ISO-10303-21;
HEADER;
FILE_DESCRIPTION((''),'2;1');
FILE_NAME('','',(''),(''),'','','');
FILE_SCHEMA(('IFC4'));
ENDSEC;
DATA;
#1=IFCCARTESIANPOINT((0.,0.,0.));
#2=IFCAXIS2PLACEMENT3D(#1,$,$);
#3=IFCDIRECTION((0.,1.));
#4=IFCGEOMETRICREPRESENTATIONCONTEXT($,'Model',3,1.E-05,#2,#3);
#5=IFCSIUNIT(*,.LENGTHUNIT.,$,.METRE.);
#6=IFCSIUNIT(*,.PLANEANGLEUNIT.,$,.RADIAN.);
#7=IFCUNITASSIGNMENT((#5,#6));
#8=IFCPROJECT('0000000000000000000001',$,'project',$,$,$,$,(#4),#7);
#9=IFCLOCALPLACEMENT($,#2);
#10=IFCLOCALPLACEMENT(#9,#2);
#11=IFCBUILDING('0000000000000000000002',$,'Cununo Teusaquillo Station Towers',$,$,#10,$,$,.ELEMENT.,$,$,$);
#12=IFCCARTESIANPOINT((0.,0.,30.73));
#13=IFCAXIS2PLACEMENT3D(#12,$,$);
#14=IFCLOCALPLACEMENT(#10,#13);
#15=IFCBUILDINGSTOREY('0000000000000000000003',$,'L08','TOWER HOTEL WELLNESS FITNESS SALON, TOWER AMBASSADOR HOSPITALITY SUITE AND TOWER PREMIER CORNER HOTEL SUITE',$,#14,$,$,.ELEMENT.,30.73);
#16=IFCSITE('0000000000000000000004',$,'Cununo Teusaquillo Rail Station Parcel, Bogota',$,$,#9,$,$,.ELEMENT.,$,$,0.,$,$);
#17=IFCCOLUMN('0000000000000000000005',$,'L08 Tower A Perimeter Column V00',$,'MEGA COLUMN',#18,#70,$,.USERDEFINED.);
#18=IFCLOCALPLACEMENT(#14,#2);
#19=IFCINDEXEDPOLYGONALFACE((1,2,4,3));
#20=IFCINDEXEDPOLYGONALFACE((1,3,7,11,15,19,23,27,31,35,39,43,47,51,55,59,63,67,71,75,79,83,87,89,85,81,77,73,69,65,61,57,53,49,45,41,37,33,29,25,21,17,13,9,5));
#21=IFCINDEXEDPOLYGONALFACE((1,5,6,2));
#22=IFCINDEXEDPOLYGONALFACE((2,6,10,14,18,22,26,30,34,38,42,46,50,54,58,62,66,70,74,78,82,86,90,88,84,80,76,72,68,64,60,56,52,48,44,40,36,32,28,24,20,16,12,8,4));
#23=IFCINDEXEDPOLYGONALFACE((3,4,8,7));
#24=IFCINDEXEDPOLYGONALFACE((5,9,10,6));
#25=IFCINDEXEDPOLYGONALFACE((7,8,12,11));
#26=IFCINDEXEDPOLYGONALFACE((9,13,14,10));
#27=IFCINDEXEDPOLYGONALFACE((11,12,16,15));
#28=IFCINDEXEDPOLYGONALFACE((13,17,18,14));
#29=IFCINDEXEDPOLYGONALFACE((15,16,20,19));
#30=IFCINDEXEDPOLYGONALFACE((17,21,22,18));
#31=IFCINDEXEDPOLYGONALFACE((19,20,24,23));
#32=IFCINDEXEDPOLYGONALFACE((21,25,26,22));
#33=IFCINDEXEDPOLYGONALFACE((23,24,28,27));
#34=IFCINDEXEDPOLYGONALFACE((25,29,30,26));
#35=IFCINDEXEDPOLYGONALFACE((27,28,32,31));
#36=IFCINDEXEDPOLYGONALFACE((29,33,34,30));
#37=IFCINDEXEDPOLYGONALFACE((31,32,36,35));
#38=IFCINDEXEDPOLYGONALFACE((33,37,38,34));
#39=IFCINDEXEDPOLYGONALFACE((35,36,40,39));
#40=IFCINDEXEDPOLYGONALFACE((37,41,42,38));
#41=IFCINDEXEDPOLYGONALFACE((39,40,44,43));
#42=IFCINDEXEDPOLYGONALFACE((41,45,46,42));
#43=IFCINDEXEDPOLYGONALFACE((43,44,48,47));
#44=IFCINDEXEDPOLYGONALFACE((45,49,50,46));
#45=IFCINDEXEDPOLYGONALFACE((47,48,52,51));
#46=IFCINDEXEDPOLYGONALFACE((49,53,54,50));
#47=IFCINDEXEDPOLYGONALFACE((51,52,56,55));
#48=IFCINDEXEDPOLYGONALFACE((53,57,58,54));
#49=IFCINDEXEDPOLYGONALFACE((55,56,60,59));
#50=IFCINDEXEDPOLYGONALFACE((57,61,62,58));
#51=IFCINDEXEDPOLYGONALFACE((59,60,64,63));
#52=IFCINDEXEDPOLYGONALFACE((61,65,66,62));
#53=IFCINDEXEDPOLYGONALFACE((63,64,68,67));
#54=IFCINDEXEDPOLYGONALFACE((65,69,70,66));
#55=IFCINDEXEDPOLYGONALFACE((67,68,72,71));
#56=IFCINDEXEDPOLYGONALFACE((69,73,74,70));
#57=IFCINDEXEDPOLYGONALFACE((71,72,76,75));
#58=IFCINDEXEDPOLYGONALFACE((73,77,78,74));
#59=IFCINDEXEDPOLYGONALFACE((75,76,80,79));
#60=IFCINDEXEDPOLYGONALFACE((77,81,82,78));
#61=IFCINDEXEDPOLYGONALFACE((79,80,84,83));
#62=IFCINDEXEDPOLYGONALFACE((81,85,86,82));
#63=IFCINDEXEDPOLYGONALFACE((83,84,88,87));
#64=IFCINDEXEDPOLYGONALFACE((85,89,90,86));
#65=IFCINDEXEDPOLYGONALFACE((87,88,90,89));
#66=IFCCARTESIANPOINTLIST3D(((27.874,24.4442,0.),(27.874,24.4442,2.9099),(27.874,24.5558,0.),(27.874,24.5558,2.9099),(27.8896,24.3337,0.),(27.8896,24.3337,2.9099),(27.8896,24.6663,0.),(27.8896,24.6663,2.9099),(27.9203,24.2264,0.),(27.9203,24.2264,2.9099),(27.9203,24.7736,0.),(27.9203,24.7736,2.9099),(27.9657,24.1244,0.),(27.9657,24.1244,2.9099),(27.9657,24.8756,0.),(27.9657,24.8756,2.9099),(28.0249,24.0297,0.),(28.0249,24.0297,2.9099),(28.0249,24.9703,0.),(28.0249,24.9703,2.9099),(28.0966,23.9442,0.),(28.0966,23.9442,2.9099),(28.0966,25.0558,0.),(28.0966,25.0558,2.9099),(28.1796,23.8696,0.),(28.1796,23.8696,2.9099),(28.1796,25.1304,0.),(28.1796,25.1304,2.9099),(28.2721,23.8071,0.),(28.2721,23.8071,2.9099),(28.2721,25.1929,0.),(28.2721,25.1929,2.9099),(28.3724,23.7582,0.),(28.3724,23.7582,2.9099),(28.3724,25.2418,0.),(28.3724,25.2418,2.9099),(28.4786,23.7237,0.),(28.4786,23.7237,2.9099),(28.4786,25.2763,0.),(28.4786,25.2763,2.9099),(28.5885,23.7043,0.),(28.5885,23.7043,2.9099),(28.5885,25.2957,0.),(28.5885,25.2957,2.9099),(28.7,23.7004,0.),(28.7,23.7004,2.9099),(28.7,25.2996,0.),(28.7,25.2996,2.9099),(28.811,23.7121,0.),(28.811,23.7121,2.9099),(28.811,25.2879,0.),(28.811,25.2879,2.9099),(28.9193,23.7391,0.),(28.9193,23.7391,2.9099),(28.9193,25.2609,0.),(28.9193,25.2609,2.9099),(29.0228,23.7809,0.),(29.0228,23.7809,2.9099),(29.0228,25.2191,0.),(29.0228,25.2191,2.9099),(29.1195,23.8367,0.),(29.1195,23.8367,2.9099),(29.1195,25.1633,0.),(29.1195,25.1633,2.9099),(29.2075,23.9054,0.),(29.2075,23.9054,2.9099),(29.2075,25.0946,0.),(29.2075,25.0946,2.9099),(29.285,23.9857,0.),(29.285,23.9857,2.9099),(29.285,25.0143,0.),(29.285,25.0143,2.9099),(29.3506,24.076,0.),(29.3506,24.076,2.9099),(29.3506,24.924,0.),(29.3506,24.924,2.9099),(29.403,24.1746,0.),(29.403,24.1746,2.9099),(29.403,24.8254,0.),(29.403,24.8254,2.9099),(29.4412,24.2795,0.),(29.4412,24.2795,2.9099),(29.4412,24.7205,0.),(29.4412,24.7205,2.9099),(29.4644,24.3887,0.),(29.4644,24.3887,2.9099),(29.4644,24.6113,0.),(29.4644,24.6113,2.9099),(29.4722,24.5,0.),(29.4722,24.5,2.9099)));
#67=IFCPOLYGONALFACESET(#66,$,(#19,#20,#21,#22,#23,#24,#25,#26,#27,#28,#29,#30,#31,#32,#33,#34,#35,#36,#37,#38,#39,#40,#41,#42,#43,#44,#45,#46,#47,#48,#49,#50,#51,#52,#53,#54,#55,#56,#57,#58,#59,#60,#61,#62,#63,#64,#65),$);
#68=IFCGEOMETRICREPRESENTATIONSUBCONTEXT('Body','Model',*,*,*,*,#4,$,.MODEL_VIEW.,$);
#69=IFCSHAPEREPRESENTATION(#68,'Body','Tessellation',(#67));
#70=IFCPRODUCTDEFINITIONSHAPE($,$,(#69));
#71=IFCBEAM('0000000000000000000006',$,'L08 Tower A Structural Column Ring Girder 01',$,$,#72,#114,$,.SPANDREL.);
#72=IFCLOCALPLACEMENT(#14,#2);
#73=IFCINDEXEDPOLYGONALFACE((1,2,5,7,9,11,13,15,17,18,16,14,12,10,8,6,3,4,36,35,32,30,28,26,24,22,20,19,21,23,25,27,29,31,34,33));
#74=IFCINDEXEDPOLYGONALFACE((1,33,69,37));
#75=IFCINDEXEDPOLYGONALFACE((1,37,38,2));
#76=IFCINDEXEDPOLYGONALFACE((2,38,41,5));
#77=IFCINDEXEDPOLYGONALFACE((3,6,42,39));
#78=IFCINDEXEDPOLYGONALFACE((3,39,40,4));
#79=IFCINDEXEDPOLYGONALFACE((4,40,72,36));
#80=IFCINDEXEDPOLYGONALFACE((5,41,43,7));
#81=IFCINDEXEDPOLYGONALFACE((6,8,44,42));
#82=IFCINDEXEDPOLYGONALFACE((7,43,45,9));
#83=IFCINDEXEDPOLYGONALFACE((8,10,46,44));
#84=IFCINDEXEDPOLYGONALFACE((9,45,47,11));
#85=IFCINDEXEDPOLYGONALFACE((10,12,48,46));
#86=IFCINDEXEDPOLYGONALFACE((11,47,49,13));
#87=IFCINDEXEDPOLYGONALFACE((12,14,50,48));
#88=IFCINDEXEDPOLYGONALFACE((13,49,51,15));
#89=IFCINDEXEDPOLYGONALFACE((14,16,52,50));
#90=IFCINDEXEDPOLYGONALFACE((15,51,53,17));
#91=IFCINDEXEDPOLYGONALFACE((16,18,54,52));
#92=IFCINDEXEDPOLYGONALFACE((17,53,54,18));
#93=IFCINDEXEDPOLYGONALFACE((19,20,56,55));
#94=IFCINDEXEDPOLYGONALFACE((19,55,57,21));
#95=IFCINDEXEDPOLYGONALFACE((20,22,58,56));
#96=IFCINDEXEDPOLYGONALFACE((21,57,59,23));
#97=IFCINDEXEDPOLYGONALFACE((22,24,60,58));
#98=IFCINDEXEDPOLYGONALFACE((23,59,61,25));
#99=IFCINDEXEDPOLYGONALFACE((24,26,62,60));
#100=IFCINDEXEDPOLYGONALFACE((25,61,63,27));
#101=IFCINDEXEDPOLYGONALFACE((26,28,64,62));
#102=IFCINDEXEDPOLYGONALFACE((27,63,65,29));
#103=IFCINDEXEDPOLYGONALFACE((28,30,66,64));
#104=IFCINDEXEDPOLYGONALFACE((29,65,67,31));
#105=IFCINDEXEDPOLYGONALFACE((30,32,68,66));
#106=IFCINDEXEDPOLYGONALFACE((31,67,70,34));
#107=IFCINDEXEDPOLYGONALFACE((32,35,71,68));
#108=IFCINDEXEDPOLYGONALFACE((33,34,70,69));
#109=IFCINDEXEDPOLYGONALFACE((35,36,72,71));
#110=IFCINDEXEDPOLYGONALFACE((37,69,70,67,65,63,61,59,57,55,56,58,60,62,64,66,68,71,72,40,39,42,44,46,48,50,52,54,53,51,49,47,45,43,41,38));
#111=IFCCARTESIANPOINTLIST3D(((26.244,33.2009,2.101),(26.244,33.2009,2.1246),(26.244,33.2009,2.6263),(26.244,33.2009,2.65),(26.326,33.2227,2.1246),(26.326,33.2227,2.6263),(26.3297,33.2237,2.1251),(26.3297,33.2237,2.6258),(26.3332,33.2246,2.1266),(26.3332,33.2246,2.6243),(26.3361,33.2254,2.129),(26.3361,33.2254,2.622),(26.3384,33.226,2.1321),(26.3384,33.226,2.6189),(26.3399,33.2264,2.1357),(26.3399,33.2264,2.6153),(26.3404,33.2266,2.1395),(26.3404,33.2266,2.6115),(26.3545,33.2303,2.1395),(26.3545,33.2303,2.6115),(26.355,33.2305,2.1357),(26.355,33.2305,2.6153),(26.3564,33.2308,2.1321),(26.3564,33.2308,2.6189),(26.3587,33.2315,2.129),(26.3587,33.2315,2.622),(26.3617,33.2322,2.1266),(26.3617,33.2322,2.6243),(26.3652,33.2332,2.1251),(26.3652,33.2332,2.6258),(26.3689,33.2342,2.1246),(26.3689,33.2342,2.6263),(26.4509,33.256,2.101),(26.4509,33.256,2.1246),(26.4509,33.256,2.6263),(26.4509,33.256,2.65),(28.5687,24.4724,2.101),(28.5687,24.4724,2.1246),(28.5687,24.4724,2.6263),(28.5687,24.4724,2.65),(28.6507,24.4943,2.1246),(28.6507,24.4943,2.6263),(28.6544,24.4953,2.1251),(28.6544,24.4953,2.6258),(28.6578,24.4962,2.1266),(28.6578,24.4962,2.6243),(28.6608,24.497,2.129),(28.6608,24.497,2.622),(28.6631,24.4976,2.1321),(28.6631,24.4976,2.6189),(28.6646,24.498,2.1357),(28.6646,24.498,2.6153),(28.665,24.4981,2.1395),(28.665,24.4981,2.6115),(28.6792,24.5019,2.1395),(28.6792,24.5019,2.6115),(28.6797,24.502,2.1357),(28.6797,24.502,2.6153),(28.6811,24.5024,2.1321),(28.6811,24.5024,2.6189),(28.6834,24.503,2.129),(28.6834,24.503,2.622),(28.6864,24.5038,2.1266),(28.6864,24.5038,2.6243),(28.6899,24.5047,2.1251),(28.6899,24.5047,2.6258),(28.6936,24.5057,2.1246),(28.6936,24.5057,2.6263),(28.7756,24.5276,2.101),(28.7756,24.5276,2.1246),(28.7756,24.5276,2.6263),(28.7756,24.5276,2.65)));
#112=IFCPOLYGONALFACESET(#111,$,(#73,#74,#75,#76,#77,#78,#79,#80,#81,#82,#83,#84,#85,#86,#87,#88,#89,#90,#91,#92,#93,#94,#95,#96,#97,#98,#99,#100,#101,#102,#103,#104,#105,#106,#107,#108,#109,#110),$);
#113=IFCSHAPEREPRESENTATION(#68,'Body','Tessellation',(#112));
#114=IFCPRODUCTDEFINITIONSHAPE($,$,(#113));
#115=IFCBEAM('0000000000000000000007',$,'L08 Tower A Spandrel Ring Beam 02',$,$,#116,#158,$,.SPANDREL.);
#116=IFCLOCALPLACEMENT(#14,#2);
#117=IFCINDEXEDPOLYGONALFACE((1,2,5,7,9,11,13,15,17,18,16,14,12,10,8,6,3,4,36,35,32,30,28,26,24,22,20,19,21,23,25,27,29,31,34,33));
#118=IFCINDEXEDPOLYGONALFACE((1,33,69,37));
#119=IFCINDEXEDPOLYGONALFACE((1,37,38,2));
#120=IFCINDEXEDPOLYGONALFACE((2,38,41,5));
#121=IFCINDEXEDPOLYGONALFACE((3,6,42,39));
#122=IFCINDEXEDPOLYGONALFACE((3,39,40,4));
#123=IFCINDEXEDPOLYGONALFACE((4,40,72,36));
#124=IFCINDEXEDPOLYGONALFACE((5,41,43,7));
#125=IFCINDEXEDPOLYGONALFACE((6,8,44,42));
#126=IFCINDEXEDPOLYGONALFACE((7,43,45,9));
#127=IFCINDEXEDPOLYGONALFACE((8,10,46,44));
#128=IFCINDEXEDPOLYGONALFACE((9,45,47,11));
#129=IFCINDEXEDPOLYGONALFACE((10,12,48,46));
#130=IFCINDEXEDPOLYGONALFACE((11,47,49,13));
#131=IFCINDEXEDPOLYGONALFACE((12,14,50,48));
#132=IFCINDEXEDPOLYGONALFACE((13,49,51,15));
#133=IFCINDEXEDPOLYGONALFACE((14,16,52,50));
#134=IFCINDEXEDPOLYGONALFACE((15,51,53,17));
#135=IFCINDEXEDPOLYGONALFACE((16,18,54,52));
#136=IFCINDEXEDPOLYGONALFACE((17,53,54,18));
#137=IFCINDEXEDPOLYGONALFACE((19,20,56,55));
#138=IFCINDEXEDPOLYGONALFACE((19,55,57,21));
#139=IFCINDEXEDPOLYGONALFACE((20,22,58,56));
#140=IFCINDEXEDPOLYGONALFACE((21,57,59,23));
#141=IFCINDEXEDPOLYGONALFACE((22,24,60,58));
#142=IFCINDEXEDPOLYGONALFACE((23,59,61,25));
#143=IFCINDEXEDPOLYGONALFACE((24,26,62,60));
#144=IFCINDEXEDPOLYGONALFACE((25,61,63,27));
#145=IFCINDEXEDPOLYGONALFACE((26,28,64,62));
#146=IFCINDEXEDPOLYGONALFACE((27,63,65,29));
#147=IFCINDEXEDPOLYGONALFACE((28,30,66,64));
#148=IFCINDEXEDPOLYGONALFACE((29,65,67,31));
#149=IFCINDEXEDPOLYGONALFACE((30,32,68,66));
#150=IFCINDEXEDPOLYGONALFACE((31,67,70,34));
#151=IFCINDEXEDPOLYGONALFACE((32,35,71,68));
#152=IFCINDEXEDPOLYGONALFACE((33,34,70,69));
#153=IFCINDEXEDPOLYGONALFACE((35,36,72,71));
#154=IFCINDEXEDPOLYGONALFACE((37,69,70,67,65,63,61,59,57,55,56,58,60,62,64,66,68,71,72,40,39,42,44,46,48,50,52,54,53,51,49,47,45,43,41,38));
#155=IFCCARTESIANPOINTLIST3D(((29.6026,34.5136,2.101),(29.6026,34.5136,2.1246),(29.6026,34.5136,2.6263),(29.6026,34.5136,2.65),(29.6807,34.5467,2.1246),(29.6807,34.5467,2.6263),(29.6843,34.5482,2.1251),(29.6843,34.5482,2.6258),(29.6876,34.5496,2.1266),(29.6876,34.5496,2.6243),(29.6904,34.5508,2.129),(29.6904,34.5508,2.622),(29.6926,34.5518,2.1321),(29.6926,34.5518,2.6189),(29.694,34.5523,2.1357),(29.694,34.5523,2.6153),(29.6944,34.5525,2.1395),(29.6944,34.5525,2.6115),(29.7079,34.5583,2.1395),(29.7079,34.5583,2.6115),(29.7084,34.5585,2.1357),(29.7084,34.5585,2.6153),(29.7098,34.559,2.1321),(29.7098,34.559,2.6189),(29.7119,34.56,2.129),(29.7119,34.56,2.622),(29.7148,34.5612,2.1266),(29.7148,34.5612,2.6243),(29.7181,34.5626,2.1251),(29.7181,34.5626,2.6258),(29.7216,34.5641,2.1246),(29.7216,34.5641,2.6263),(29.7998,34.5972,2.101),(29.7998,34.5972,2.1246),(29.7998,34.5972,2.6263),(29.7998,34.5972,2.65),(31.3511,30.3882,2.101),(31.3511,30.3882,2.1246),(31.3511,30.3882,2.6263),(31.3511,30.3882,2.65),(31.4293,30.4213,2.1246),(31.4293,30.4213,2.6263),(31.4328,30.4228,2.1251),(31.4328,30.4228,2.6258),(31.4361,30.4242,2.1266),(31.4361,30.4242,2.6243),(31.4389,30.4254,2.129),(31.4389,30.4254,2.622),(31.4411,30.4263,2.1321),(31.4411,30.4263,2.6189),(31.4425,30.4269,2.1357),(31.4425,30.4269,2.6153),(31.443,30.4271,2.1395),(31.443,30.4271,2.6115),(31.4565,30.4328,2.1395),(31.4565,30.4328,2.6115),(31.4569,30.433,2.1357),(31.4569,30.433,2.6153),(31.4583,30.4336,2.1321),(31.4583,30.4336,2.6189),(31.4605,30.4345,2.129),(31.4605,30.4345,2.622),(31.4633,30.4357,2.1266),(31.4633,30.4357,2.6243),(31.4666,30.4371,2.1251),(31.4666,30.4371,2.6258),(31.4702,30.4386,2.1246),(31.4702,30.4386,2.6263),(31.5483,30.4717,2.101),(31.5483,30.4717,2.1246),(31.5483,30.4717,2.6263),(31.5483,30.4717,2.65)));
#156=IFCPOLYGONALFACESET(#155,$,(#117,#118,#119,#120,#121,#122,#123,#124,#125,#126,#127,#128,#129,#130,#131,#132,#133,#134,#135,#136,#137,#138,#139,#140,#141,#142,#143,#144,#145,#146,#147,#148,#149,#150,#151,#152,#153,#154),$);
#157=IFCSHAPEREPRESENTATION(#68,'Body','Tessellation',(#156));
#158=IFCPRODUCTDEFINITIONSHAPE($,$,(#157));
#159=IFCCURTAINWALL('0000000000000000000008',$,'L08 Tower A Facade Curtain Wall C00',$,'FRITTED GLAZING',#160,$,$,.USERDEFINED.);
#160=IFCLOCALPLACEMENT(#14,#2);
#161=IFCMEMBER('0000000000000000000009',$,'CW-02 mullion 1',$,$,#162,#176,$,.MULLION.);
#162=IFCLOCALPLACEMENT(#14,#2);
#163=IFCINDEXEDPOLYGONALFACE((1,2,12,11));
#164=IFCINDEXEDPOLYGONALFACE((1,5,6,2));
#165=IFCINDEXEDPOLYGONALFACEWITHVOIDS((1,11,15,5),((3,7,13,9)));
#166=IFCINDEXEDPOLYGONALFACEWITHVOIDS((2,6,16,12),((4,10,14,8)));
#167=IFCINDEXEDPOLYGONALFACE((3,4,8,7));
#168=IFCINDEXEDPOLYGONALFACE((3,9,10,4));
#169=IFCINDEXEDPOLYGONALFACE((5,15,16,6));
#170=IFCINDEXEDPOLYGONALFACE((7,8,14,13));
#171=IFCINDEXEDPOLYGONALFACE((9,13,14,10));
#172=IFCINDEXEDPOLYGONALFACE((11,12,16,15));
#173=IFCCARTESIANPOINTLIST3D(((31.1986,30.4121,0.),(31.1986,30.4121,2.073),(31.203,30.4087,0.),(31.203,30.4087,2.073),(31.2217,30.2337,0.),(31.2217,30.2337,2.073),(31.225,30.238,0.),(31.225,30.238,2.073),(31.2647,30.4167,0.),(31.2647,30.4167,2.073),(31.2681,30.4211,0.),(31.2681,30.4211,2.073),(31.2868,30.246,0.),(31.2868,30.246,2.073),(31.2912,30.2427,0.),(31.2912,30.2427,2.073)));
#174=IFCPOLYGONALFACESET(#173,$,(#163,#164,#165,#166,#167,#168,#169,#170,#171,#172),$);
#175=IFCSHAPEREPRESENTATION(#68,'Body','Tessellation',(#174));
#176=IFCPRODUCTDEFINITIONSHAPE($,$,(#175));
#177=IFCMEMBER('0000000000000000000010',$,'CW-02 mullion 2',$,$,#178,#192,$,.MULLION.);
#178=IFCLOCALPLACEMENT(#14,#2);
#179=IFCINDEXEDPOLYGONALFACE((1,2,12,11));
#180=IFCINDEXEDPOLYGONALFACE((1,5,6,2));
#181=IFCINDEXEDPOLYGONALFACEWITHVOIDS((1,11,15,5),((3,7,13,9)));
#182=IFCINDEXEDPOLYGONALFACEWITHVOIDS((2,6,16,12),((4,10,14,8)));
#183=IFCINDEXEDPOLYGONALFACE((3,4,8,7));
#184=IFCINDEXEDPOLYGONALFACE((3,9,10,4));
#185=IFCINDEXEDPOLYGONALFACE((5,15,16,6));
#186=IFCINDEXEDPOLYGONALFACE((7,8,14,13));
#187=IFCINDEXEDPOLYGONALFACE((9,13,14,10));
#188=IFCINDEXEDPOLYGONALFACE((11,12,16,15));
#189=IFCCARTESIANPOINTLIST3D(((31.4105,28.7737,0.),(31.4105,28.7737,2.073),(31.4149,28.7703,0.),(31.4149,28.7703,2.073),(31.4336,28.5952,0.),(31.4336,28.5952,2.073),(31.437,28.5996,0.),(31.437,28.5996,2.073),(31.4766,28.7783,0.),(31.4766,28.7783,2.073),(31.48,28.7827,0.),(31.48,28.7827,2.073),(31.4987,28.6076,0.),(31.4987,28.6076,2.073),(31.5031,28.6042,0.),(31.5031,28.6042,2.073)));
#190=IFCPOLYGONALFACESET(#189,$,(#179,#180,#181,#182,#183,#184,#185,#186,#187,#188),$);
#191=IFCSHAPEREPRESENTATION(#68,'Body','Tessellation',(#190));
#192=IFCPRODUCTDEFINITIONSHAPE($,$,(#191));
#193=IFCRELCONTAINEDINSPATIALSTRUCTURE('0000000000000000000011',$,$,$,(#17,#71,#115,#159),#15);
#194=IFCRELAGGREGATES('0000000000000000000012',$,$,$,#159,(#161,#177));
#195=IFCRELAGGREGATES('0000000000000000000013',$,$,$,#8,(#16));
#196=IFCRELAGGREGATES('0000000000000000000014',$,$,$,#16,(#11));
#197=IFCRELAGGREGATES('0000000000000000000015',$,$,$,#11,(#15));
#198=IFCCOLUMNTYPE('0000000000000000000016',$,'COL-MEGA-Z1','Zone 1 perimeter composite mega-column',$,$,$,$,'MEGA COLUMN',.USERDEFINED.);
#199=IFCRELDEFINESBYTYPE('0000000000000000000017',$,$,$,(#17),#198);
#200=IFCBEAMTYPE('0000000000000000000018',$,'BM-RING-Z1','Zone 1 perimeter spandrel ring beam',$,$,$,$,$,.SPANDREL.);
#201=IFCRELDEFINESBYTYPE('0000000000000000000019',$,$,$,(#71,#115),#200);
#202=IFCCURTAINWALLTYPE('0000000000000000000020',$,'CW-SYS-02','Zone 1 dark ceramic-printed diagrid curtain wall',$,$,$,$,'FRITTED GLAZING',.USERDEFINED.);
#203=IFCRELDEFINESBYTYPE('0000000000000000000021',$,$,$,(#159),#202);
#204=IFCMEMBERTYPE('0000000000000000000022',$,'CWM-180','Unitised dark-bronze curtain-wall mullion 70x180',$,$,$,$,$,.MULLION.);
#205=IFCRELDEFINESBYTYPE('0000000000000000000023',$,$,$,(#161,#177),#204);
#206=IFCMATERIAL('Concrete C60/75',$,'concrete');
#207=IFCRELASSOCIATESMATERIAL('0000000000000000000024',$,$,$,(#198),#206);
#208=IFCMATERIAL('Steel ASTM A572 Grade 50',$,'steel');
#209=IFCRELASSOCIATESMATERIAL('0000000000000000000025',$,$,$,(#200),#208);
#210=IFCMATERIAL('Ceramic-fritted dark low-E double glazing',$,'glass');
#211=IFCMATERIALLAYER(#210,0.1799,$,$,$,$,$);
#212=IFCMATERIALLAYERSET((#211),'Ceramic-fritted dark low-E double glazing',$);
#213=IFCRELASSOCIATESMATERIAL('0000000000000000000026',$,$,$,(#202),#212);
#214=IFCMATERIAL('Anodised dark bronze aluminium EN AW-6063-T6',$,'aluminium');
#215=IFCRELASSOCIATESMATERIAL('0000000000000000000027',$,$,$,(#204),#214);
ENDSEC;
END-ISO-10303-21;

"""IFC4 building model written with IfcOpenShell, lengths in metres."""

from ifc_helpers import new_model, si_unit, direction, frame, origin, origin_2d, place, context, subcontext, project, spatial, hollow_rectangle, circle, i_section, extrude, material, layer, layer_set, material_profile, profile_set, type_object, element, aggregate, save


model = new_model("IFC4")

# Units and contexts
model_context = context("Model", 3, precision=1e-05, world=origin(), true_north=direction((0.0, 1.0)))
body_context = subcontext(model_context, "Body", "Model", "MODEL_VIEW")
ifc_project = project(units=[si_unit("LENGTHUNIT", "METRE"), si_unit("PLANEANGLEUNIT", "RADIAN")], contexts=[model_context])

# Site, building, storey
site_placement = place(None, origin())
site = spatial("IfcSite", under=ifc_project, at=site_placement, Name="Cununo Teusaquillo Rail Station Parcel, Bogota", CompositionType="ELEMENT", RefElevation=0.0)
building_placement = place(site_placement, origin())
building = spatial("IfcBuilding", under=site, at=building_placement, Name="Cununo Teusaquillo Station Towers", CompositionType="ELEMENT")
storey_placement = place(building_placement, frame((0.0, 0.0, 30.73)))
storey = spatial("IfcBuildingStorey", under=building, at=storey_placement, Name="L08", Description="TOWER HOTEL WELLNESS FITNESS SALON, TOWER AMBASSADOR HOSPITALITY SUITE AND TOWER PREMIER CORNER HOTEL SUITE", CompositionType="ELEMENT", Elevation=30.73)

# Column
ifc_material_1 = material(Name="Concrete C60/75", Category="concrete")
ifc_material_profile_1 = material_profile(ifc_material_1, circle(Radius=0.8, at=origin_2d()), Name="RC-CIRC-1600")
ifc_profile_set_1 = profile_set([ifc_material_profile_1], Name="Concrete C60/75")
column_type = type_object("IfcColumnType", Name="COL-MEGA-Z1", Description="Zone 1 perimeter composite mega-column", ElementType="MEGA COLUMN", PredefinedType="USERDEFINED", material=ifc_profile_set_1)
column_placement = place(storey_placement, frame((28.6721, 24.5, 0.0), z_axis=(0.0, 0.0, 1.0), x_axis=(1.0, 0.0, 0.0)))
element("IfcColumn", 1, at=column_placement, inside=storey, type_object=column_type, Name="L08 Tower A Perimeter Column V00", ObjectType="MEGA COLUMN", PredefinedType="USERDEFINED", context=body_context, shape_type="SweptSolid", body=[
    extrude(circle(Radius=0.8, at=origin_2d()), origin(), (0.0, 0.0, 1.0), 2.9099),
])

# Beams
ifc_material_2 = material(Name="Steel ASTM A572 Grade 50", Category="steel")
ifc_material_profile_2 = material_profile(ifc_material_2, i_section(OverallWidth=0.2141, OverallDepth=0.5491, WebThickness=0.0146, FlangeThickness=0.0237, FilletRadius=0.0149, at=origin_2d()), Name="W21X93")
ifc_profile_set_2 = profile_set([ifc_material_profile_2], Name="Steel ASTM A572 Grade 50")
beam_type = type_object("IfcBeamType", Name="BM-RING-Z1", Description="Zone 1 perimeter spandrel ring beam", PredefinedType="SPANDREL", material=ifc_profile_set_2)
beam_1_placement = place(storey_placement, frame((28.6721, 24.5, 2.3755), z_axis=(-0.257363, 0.966315, 0.0), x_axis=(-0.966315, -0.257363, 0.0)))
element("IfcBeam", 2, at=beam_1_placement, inside=storey, type_object=beam_type, Name="L08 Tower A Structural Column Ring Girder 01", PredefinedType="SPANDREL", context=body_context, shape_type="SweptSolid", body=[
    extrude(i_section(OverallWidth=0.2141, OverallDepth=0.5491, WebThickness=0.0146, FlangeThickness=0.0237, FilletRadius=0.0149, at=origin_2d()), origin(), (0.0, 0.0, 1.0), 9.0327),
])
beam_2_placement = place(storey_placement, frame((31.4497, 30.4299, 2.3755), z_axis=(-0.390234, 0.920716, 0.0), x_axis=(-0.920716, -0.390234, 0.0)))
element("IfcBeam", 3, at=beam_2_placement, inside=storey, type_object=beam_type, Name="L08 Tower A Spandrel Ring Beam 02", PredefinedType="SPANDREL", context=body_context, shape_type="SweptSolid", body=[
    extrude(i_section(OverallWidth=0.2141, OverallDepth=0.5491, WebThickness=0.0146, FlangeThickness=0.0237, FilletRadius=0.0149, at=origin_2d()), origin(), (0.0, 0.0, 1.0), 4.4807),
])

# Curtain wall, members
ifc_material_3 = material(Name="Ceramic-fritted dark low-E double glazing", Category="glass")
ifc_layer_1 = layer(ifc_material_3, 0.1799)
ifc_layer_set_1 = layer_set([ifc_layer_1], Name="Ceramic-fritted dark low-E double glazing")
curtain_wall_type = type_object("IfcCurtainWallType", Name="CW-SYS-02", Description="Zone 1 dark ceramic-printed diagrid curtain wall", ElementType="FRITTED GLAZING", PredefinedType="USERDEFINED", material=ifc_layer_set_1)
curtain_wall_placement = place(storey_placement, origin())
curtain_wall = element("IfcCurtainWall", 4, at=curtain_wall_placement, inside=storey, type_object=curtain_wall_type, Name="L08 Tower A Facade Curtain Wall C00", ObjectType="FRITTED GLAZING", PredefinedType="USERDEFINED")
ifc_material_4 = material(Name="Anodised dark bronze aluminium EN AW-6063-T6", Category="aluminium")
ifc_material_profile_3 = material_profile(ifc_material_4, hollow_rectangle(XDim=0.0701, YDim=0.1799, WallThickness=0.0039, at=origin_2d()), Name="CW-MULL-70x180")
ifc_profile_set_3 = profile_set([ifc_material_profile_3], Name="Anodised dark bronze aluminium EN AW-6063-T6")
member_type_1 = type_object("IfcMemberType", Name="CWM-180", Description="Unitised dark-bronze curtain-wall mullion 70x180", PredefinedType="MULLION", material=ifc_profile_set_3)
member_1_placement = place(storey_placement, frame((31.2449, 30.3274, 0.0), z_axis=(0.0, 0.0, 1.0), x_axis=(0.991731, 0.128336, 0.0)))
member_1 = element("IfcMember", 5, at=member_1_placement, type_object=member_type_1, Name="CW-02 mullion 1", PredefinedType="MULLION", context=body_context, shape_type="SweptSolid", body=[
    extrude(hollow_rectangle(XDim=0.0701, YDim=0.1799, WallThickness=0.0039, at=origin_2d()), origin(), (0.0, 0.0, 1.0), 2.073),
])
member_2_placement = place(storey_placement, frame((31.4568, 28.689, 0.0), z_axis=(0.0, 0.0, 1.0), x_axis=(0.991731, 0.128336, 0.0)))
member_2 = element("IfcMember", 6, at=member_2_placement, type_object=member_type_1, Name="CW-02 mullion 2", PredefinedType="MULLION", context=body_context, shape_type="SweptSolid", body=[
    extrude(hollow_rectangle(XDim=0.0701, YDim=0.1799, WallThickness=0.0039, at=origin_2d()), origin(), (0.0, 0.0, 1.0), 2.073),
])
aggregate(curtain_wall, [member_1, member_2])

save(model, "model.ifc")
